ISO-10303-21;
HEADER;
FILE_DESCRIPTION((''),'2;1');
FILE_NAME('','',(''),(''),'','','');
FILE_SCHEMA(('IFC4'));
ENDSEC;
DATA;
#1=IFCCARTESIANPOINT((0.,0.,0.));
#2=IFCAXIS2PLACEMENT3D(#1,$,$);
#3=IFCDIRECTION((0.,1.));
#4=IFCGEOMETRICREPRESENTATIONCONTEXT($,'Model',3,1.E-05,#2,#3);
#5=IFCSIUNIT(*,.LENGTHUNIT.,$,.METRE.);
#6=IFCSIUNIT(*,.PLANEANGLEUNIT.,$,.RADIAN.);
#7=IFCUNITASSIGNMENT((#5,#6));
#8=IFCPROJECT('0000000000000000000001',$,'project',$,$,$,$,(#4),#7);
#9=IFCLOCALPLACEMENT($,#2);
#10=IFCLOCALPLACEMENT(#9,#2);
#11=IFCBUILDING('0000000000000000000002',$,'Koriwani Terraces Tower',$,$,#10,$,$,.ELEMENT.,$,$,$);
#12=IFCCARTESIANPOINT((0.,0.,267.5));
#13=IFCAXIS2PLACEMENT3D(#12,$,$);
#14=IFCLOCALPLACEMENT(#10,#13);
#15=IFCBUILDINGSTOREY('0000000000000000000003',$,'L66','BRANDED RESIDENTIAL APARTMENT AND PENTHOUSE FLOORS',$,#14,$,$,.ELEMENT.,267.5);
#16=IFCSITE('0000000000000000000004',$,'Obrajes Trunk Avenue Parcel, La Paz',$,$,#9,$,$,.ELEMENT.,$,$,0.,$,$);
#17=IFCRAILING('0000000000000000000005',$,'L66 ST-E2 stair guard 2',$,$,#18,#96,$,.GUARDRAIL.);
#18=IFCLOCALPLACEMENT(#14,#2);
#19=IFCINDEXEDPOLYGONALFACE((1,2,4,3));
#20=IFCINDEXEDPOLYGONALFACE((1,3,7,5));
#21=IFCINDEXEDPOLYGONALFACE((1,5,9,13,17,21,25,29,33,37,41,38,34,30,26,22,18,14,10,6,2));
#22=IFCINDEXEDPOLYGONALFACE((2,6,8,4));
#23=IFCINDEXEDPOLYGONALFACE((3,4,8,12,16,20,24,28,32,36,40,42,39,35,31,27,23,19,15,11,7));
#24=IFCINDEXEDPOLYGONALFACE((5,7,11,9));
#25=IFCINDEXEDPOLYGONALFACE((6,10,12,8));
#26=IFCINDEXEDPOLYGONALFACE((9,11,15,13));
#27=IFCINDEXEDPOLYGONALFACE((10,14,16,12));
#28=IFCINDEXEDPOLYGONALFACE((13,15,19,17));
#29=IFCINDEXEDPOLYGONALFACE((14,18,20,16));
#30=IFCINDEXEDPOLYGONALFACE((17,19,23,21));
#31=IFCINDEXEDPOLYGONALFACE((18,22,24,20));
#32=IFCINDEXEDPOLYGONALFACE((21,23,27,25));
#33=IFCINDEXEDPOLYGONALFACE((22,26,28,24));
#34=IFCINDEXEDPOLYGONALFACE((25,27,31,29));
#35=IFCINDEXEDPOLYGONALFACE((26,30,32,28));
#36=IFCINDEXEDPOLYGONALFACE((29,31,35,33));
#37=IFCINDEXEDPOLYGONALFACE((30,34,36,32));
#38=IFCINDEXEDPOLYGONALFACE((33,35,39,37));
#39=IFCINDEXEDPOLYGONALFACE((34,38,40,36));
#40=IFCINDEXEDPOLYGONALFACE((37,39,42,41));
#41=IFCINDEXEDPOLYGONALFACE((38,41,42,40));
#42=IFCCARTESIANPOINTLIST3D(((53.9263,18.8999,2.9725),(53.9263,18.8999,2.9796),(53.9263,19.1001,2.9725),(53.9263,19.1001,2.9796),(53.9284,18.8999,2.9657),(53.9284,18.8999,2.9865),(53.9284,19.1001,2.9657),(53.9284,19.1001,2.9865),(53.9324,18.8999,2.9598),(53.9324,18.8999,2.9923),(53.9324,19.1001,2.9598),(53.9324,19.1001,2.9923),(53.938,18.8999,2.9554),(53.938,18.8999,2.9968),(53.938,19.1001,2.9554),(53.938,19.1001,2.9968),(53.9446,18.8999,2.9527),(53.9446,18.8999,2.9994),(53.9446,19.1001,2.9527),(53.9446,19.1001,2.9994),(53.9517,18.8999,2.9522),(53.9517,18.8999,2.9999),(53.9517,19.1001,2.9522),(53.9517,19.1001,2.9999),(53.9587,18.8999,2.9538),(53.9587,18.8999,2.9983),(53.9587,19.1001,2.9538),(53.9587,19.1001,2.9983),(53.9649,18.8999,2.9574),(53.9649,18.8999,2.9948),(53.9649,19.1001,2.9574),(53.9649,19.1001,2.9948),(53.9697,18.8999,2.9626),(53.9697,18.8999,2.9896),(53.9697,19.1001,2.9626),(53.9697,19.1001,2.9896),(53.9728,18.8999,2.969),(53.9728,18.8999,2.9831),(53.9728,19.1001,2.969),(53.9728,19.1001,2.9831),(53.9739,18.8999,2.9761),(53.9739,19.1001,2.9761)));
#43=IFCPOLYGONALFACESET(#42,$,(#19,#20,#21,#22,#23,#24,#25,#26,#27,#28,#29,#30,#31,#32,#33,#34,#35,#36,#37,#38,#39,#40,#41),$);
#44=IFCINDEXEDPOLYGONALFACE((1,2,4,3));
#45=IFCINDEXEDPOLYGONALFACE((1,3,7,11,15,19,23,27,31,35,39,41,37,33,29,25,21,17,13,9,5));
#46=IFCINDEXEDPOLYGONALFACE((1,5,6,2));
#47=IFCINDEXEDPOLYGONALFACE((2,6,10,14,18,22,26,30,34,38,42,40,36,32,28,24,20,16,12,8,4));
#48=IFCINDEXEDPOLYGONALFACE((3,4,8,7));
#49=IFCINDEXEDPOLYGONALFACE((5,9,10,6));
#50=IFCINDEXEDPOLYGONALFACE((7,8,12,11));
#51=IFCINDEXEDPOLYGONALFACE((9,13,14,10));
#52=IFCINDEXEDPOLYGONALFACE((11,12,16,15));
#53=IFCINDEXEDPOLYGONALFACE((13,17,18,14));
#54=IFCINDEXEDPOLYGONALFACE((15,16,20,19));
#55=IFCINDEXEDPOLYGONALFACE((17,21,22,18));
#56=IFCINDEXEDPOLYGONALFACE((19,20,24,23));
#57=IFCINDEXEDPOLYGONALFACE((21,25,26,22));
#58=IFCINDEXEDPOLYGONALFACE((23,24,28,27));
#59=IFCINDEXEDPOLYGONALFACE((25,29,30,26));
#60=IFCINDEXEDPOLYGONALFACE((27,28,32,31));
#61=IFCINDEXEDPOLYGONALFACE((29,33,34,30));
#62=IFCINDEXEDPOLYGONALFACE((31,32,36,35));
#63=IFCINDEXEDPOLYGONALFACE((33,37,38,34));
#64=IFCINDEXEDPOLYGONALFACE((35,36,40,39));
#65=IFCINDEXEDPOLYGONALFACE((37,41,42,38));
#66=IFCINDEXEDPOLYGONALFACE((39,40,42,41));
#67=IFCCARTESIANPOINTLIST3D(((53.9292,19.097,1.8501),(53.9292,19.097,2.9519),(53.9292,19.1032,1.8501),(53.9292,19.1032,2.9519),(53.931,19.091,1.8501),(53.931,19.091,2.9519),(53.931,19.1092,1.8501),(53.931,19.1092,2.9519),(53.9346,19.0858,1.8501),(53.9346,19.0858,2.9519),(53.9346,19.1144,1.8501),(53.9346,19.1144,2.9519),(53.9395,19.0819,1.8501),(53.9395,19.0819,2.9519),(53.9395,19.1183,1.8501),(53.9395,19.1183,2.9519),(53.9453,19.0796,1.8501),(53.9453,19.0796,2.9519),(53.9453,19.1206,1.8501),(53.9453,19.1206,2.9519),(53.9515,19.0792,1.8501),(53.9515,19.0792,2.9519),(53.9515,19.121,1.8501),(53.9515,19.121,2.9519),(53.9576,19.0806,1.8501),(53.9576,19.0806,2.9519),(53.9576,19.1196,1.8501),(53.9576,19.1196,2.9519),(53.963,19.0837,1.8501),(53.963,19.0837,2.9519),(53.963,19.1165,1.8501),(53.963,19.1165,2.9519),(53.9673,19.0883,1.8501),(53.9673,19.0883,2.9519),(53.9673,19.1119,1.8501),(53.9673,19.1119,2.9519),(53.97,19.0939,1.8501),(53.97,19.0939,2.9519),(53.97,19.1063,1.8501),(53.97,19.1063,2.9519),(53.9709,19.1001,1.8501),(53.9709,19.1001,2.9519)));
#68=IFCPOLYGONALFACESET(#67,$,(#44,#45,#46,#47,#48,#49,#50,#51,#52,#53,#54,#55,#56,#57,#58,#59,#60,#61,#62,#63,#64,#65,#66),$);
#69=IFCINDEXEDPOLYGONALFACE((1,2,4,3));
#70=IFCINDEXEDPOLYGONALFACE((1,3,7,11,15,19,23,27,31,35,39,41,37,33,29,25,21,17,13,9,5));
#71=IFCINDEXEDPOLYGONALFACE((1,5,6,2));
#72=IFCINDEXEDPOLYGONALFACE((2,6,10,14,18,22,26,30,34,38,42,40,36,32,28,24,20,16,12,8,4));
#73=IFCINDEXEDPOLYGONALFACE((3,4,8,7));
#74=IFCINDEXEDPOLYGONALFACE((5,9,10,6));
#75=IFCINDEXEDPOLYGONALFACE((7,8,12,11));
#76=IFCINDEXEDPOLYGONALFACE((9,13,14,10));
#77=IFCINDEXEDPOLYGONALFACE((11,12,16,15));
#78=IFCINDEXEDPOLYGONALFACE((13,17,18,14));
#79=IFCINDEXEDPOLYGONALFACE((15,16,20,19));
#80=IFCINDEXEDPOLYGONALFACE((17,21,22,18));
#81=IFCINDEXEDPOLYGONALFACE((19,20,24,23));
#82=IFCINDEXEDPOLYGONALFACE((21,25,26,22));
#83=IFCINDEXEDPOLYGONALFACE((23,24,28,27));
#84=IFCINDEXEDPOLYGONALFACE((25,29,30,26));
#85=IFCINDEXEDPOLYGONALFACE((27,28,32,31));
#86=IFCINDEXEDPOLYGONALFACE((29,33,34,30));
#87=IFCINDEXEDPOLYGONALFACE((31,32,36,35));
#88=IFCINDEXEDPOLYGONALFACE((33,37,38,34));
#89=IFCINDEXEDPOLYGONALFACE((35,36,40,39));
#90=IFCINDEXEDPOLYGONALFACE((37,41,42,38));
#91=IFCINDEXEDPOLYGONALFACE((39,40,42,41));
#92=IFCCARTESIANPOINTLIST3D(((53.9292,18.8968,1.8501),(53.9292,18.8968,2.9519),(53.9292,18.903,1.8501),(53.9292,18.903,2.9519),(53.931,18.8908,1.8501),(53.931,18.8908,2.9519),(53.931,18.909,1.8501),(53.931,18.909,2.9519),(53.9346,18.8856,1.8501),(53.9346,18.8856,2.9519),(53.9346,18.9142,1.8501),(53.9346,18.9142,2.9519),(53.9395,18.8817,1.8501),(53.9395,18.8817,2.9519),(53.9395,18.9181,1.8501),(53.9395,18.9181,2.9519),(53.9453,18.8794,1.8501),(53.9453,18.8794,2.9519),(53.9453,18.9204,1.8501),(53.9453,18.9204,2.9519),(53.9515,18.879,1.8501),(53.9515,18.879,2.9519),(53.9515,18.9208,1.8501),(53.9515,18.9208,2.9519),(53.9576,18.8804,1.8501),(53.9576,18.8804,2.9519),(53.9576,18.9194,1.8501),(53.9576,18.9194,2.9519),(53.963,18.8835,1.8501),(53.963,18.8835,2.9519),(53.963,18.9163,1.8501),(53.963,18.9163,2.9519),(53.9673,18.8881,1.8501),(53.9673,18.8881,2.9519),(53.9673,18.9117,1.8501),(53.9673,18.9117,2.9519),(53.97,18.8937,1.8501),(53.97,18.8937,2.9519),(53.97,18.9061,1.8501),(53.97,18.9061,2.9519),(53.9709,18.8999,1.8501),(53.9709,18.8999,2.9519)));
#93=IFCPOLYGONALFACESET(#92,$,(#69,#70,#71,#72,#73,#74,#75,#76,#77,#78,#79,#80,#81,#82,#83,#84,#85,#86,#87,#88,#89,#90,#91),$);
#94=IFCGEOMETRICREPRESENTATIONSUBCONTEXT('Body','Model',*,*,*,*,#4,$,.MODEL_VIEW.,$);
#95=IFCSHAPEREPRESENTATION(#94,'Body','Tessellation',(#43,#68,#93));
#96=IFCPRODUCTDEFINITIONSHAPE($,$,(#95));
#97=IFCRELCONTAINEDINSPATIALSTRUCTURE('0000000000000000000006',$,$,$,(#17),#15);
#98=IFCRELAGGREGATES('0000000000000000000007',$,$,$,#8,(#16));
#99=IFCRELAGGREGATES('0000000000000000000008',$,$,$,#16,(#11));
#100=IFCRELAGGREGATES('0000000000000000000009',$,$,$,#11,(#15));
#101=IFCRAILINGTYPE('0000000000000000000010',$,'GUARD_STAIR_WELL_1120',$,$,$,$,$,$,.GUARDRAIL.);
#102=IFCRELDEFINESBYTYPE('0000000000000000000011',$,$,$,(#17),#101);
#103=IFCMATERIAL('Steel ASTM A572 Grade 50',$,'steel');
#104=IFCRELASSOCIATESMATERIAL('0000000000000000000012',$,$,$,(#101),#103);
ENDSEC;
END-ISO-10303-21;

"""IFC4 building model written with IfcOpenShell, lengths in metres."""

from ifc_helpers import new_model, si_unit, direction, frame, origin, origin_2d, place, context, subcontext, project, spatial, circle, extrude, material, type_object, element, save


model = new_model("IFC4")

# Units and contexts
model_context = context("Model", 3, precision=1e-05, world=origin(), true_north=direction((0.0, 1.0)))
body_context = subcontext(model_context, "Body", "Model", "MODEL_VIEW")
ifc_project = project(units=[si_unit("LENGTHUNIT", "METRE"), si_unit("PLANEANGLEUNIT", "RADIAN")], contexts=[model_context])

# Site, building, storey
site_placement = place(None, origin())
site = spatial("IfcSite", under=ifc_project, at=site_placement, Name="Obrajes Trunk Avenue Parcel, La Paz", CompositionType="ELEMENT", RefElevation=0.0)
building_placement = place(site_placement, origin())
building = spatial("IfcBuilding", under=site, at=building_placement, Name="Koriwani Terraces Tower", CompositionType="ELEMENT")
storey_placement = place(building_placement, frame((0.0, 0.0, 267.5)))
storey = spatial("IfcBuildingStorey", under=building, at=storey_placement, Name="L66", Description="BRANDED RESIDENTIAL APARTMENT AND PENTHOUSE FLOORS", CompositionType="ELEMENT", Elevation=267.5)

# Shared definitions
ifc_material_1 = material(Name="Steel ASTM A572 Grade 50", Category="steel")

# Railing
railing_type_1 = type_object("IfcRailingType", Name="GUARD_STAIR_WELL_1120", PredefinedType="GUARDRAIL", material=ifc_material_1)
railing_1_placement = place(storey_placement, frame((53.95, 19.1001, 1.8501)))
element("IfcRailing", 1, at=railing_1_placement, inside=storey, type_object=railing_type_1, Name="L66 ST-E2 stair guard 2", PredefinedType="GUARDRAIL", context=body_context, shape_type="SweptSolid", body=[
    extrude(circle(Radius=0.0239, at=origin_2d()), frame((0.0, 0.0, 1.126), z_axis=(0.0, -1.0, 0.0), x_axis=(1.0, 0.0, 0.0)), (0.0, 0.0, 1.0), 0.2002),
    extrude(circle(Radius=0.021, at=origin_2d()), origin(), (0.0, 0.0, 1.0), 1.1018),
    extrude(circle(Radius=0.021, at=origin_2d()), frame((0.0, -0.2002, 0.0)), (0.0, 0.0, 1.0), 1.1018),
])

save(model, "model.ifc")
